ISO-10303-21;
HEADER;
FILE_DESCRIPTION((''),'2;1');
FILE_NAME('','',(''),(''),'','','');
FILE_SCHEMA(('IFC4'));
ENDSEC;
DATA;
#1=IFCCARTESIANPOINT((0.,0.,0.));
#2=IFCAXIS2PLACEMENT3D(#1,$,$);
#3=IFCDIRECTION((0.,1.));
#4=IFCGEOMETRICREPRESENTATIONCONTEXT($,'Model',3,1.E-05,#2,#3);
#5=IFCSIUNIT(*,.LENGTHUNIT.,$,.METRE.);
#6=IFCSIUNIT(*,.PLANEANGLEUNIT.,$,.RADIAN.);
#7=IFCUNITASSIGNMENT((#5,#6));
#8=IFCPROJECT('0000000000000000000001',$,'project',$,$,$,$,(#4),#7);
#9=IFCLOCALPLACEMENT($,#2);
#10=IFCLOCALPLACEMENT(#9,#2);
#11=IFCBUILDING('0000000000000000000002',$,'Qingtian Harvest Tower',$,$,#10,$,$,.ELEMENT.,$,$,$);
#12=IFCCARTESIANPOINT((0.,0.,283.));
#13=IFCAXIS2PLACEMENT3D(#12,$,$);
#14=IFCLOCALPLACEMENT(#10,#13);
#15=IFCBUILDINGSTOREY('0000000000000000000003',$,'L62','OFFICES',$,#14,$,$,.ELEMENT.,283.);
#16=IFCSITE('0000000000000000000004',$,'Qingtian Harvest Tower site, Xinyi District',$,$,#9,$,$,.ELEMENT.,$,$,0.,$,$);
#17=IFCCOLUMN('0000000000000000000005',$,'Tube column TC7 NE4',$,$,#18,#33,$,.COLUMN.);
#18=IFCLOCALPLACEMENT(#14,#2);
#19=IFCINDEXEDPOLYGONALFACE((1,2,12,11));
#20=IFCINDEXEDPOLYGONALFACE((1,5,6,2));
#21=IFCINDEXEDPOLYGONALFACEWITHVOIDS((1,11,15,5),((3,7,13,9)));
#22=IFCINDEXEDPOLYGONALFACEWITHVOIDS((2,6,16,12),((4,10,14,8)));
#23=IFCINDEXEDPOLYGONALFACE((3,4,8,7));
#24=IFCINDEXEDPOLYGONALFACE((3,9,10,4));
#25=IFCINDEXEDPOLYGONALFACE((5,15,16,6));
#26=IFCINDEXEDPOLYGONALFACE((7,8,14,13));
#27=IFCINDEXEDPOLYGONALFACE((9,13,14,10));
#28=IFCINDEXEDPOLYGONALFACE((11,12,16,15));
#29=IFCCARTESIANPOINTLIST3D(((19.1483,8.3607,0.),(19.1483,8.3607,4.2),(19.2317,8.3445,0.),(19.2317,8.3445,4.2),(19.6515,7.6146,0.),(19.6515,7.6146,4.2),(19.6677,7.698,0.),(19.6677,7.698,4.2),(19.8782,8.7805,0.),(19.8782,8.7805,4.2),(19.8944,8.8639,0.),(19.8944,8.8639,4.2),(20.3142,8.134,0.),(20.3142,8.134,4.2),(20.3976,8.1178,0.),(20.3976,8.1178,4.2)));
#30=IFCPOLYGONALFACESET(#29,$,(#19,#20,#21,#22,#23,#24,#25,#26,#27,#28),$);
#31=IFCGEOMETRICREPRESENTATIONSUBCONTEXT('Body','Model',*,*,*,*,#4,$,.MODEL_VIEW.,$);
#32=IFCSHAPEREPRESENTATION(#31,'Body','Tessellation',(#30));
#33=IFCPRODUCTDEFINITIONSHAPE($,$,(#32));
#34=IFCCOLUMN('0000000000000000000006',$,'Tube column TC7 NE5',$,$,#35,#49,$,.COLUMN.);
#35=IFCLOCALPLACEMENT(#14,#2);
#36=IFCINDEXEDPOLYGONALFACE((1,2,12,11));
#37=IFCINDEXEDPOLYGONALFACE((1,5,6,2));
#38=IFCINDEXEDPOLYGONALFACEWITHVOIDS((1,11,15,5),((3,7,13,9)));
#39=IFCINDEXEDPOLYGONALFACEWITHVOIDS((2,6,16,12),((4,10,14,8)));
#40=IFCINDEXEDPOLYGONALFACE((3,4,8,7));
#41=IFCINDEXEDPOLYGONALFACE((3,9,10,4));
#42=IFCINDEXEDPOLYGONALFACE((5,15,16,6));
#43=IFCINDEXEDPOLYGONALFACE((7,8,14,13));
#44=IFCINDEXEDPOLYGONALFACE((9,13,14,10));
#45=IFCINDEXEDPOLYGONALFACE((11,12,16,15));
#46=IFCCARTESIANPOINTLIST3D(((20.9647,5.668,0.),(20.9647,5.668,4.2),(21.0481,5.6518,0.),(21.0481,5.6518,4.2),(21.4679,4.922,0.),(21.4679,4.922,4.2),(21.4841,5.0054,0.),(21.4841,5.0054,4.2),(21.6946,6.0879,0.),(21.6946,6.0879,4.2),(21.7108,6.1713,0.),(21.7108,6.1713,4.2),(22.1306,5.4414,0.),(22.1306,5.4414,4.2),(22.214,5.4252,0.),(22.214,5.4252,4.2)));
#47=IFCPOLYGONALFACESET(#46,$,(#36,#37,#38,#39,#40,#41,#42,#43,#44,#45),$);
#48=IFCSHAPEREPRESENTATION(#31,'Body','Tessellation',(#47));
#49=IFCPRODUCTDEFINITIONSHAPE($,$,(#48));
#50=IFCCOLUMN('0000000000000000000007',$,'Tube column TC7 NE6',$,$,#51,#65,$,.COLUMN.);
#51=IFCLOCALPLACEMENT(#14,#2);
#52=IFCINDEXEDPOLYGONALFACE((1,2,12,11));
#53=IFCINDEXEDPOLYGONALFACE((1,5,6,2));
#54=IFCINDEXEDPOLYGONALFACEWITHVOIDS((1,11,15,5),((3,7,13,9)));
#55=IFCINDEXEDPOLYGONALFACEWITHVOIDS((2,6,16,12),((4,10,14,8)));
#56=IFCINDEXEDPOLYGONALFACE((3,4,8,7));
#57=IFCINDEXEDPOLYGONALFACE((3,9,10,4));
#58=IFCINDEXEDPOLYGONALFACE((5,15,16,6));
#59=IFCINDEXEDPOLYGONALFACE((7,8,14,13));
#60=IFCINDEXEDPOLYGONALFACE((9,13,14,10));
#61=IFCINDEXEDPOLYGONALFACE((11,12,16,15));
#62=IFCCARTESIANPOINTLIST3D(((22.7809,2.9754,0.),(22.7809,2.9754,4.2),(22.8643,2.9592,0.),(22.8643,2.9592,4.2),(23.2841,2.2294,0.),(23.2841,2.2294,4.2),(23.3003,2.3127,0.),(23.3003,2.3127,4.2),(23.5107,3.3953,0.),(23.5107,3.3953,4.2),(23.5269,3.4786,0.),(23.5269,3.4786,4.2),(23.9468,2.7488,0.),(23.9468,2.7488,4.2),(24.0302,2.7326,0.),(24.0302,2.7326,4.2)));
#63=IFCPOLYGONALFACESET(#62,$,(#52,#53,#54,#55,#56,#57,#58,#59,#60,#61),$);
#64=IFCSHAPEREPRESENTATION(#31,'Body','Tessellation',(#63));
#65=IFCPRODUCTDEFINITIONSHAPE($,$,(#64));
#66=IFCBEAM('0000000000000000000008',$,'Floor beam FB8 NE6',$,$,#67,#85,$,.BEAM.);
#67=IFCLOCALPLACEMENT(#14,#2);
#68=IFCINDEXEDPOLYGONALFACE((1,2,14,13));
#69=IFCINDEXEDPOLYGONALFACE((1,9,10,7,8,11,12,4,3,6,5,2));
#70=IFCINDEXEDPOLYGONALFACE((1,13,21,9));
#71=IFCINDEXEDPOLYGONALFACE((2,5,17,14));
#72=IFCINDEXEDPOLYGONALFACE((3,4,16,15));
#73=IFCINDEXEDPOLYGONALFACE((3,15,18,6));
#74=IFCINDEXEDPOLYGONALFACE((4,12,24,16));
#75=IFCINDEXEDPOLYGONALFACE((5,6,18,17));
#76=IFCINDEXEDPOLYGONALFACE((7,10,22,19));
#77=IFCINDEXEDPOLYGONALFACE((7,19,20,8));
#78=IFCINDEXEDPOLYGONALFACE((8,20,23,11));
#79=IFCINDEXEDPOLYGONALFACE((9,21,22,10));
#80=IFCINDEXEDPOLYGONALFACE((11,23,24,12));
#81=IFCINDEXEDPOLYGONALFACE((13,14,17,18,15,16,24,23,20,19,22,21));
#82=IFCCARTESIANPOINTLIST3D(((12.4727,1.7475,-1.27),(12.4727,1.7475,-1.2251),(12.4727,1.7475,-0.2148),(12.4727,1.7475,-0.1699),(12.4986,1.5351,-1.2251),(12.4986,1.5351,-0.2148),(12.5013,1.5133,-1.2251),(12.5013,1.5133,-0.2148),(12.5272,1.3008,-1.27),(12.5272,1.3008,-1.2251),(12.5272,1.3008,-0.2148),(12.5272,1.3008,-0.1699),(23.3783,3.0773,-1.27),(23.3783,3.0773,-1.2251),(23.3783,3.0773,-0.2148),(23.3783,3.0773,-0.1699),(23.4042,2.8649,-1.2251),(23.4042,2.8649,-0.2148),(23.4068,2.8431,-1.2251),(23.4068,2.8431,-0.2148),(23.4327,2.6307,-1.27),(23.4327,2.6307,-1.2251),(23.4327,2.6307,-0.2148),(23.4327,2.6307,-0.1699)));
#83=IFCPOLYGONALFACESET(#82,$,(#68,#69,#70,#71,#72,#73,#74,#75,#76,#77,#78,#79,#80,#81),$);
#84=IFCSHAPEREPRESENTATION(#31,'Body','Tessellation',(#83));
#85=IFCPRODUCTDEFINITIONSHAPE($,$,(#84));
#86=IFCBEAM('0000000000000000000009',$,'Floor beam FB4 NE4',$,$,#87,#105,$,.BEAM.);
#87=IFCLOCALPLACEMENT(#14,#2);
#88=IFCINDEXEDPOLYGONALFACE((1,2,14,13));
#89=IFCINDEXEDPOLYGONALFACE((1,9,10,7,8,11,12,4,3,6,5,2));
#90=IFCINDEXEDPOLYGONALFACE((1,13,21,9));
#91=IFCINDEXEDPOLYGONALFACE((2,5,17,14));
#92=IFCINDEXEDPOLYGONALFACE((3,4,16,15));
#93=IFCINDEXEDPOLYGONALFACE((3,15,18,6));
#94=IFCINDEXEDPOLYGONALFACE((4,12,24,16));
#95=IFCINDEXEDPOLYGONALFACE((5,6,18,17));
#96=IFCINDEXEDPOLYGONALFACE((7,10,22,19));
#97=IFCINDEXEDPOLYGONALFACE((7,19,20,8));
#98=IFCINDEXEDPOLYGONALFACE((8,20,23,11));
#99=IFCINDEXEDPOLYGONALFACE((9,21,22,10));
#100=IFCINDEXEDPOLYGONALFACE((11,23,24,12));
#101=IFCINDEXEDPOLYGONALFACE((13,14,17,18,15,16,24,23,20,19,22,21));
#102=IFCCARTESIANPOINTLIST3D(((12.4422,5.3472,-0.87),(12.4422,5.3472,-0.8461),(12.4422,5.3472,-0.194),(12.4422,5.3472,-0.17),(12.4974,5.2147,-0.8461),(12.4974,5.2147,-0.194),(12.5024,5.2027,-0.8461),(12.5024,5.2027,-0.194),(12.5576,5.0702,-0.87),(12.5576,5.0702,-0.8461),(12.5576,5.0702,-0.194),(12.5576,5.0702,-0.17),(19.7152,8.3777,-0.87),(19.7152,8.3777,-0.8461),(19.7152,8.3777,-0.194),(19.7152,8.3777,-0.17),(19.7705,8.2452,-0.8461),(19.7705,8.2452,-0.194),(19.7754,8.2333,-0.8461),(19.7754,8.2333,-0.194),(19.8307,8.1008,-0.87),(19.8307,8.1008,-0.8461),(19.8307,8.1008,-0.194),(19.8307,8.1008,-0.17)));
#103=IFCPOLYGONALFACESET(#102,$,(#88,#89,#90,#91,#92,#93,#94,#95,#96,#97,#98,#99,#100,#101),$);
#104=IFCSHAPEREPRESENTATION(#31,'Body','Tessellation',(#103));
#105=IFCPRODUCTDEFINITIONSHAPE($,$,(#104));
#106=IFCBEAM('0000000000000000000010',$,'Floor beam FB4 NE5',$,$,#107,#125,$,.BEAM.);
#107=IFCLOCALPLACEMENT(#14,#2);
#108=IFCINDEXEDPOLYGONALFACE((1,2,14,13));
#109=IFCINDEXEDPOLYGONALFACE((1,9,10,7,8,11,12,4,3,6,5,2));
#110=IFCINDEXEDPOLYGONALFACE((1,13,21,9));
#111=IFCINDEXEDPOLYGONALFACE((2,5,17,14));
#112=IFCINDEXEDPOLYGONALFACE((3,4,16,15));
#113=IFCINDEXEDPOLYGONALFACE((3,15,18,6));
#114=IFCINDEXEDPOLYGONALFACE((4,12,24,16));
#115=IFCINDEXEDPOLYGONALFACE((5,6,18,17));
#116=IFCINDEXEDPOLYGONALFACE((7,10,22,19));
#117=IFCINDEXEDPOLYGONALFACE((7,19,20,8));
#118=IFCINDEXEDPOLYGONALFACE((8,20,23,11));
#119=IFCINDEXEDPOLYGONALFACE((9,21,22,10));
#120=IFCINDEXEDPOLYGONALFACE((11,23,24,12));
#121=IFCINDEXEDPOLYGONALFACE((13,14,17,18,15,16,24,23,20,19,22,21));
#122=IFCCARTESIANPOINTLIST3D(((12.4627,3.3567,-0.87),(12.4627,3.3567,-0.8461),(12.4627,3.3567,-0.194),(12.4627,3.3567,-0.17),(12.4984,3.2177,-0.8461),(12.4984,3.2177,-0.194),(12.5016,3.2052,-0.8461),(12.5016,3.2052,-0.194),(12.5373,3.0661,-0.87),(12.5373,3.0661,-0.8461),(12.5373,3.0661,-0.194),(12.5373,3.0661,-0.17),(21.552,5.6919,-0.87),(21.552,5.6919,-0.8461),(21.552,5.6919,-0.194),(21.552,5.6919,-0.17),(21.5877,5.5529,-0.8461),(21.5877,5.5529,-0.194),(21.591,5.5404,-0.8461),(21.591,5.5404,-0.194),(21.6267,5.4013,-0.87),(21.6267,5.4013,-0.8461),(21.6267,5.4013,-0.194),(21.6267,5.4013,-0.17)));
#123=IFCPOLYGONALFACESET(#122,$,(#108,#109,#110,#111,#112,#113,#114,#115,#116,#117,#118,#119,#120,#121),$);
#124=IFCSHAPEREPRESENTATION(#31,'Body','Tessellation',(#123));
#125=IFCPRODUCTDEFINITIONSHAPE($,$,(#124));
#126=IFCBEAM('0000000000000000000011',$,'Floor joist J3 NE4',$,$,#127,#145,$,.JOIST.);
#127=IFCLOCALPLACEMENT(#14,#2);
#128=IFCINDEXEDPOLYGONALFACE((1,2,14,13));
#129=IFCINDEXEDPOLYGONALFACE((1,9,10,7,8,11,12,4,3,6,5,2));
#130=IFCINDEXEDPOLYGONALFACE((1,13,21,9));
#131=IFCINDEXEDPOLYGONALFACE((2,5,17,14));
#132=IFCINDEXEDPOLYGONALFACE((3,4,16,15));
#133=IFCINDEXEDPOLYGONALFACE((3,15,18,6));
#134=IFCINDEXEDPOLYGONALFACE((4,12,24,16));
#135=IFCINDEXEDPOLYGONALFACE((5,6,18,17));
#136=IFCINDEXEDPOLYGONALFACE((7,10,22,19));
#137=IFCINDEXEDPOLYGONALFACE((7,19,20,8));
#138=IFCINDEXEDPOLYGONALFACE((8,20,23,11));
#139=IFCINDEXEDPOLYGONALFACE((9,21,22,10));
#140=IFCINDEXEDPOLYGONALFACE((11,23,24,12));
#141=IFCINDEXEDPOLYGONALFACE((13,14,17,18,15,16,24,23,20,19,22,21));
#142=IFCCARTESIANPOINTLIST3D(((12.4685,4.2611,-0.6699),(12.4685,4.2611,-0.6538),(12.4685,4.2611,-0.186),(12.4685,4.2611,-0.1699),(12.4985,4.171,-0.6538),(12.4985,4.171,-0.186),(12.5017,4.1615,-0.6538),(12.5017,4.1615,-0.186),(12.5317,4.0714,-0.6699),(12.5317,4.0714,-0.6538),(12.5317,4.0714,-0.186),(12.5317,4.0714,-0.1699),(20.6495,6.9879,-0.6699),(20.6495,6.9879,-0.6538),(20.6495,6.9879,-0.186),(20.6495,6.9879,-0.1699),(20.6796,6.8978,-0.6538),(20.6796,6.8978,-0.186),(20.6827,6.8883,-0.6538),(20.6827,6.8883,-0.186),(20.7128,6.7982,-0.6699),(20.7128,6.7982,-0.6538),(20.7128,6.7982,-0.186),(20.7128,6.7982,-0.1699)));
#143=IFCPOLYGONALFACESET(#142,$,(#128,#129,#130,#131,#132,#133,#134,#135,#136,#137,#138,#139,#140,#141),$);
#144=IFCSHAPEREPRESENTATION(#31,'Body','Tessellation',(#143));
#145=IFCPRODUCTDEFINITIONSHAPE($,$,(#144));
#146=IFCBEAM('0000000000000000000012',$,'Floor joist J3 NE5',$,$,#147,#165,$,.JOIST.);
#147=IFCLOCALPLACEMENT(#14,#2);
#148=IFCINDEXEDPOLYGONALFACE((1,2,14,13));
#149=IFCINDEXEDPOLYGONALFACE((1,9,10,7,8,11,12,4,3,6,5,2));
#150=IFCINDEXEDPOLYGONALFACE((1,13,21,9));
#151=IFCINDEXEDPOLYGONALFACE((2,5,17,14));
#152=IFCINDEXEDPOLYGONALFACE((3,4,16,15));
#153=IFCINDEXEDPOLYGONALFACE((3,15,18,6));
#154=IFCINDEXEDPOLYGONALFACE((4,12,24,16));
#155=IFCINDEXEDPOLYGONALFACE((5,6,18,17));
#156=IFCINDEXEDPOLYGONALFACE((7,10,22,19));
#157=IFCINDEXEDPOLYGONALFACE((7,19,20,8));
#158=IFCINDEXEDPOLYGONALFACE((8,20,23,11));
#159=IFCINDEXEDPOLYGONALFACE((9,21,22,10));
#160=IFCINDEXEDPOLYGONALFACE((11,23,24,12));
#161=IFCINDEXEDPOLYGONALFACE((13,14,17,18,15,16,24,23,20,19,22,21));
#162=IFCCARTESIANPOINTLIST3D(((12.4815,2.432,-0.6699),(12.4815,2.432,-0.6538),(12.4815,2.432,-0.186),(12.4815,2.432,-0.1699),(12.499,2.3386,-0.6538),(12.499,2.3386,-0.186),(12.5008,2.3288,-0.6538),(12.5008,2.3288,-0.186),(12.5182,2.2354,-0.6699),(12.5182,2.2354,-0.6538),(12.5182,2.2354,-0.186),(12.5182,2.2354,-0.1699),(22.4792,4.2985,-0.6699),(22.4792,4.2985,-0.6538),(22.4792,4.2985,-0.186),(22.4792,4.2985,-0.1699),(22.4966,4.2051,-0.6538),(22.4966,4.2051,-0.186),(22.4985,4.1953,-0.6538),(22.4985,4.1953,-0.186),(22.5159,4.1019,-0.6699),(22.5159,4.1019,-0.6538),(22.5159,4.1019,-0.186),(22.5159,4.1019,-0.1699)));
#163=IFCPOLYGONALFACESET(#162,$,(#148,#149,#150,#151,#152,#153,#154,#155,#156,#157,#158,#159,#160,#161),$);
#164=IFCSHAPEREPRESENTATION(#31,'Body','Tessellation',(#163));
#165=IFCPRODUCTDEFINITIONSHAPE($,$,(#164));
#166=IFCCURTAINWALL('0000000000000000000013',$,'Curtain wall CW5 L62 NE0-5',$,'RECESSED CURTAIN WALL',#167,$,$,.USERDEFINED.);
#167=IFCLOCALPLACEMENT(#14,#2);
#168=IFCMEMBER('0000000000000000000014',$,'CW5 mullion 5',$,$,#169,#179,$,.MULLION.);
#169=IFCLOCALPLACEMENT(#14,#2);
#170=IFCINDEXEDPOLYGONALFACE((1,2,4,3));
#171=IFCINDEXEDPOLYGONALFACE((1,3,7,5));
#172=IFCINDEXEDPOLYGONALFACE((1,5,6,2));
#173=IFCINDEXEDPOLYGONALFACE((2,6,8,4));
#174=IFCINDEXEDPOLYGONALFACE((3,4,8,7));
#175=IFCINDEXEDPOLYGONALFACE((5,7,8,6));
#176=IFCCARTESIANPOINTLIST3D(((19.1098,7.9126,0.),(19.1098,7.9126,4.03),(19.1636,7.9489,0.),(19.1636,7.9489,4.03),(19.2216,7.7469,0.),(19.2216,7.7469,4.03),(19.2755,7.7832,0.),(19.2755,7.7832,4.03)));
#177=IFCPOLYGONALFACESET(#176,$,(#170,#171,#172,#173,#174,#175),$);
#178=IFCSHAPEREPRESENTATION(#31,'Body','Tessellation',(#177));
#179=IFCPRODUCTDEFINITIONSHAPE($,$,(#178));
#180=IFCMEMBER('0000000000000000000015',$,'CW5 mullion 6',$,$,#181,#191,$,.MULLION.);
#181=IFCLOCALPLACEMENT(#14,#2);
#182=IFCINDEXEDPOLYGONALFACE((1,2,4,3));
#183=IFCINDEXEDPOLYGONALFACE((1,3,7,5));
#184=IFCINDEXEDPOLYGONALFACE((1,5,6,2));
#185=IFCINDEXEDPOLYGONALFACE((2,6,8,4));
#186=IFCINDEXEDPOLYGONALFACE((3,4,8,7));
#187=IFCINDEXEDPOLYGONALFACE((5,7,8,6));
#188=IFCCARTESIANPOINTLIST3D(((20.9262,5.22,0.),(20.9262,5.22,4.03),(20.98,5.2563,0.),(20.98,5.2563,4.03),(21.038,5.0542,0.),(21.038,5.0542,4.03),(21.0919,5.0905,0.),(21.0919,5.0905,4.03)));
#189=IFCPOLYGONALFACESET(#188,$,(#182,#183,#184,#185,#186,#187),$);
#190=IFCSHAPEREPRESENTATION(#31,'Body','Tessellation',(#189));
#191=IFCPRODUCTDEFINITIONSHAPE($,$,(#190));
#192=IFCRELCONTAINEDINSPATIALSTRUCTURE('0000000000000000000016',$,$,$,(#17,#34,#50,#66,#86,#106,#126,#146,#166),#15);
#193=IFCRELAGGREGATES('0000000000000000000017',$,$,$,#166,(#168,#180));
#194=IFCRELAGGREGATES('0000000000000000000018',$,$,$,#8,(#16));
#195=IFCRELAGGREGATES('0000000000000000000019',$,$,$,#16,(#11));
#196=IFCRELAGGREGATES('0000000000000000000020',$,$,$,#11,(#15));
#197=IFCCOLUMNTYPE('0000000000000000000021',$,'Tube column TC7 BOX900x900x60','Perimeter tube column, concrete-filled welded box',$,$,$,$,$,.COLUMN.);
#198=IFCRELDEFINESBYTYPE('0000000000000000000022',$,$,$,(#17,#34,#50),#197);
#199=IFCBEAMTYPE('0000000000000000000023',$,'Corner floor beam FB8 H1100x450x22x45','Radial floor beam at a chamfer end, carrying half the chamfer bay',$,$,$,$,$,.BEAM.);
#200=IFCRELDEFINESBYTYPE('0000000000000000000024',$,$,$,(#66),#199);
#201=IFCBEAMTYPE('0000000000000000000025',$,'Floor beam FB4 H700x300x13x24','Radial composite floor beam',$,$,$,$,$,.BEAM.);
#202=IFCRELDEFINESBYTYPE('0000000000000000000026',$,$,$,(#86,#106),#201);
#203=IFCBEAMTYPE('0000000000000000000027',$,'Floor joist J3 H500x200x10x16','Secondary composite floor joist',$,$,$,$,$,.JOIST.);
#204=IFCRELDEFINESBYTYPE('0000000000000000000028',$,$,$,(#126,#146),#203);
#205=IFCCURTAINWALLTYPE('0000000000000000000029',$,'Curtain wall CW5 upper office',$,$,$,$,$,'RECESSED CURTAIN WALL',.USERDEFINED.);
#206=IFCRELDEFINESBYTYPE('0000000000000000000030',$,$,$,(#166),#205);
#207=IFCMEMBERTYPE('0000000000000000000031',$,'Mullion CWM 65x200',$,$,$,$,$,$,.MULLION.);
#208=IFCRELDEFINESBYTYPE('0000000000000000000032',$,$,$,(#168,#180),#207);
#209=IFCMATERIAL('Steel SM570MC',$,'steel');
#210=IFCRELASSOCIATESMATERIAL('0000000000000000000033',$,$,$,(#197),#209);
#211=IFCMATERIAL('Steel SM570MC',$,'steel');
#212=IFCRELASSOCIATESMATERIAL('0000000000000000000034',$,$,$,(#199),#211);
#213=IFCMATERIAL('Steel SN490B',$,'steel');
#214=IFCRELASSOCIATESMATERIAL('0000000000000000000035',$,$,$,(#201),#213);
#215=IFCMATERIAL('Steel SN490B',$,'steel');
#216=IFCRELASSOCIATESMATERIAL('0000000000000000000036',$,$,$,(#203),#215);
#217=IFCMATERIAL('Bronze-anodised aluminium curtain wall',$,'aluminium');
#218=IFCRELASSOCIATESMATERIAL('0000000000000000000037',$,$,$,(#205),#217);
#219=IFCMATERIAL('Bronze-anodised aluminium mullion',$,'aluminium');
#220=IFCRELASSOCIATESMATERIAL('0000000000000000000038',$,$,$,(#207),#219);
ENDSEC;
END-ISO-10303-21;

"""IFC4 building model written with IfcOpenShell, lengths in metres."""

from ifc_helpers import new_model, si_unit, direction, frame, origin, origin_2d, place, context, subcontext, project, spatial, rectangle, hollow_rectangle, i_section, extrude, material, material_profile, profile_set, type_object, element, aggregate, save


model = new_model("IFC4")

# Units and contexts
model_context = context("Model", 3, precision=1e-05, world=origin(), true_north=direction((0.0, 1.0)))
body_context = subcontext(model_context, "Body", "Model", "MODEL_VIEW")
ifc_project = project(units=[si_unit("LENGTHUNIT", "METRE"), si_unit("PLANEANGLEUNIT", "RADIAN")], contexts=[model_context])

# Site, building, storey
site_placement = place(None, origin())
site = spatial("IfcSite", under=ifc_project, at=site_placement, Name="Qingtian Harvest Tower site, Xinyi District", CompositionType="ELEMENT", RefElevation=0.0)
building_placement = place(site_placement, origin())
building = spatial("IfcBuilding", under=site, at=building_placement, Name="Qingtian Harvest Tower", CompositionType="ELEMENT")
storey_placement = place(building_placement, frame((0.0, 0.0, 283.0)))
storey = spatial("IfcBuildingStorey", under=building, at=storey_placement, Name="L62", Description="OFFICES", CompositionType="ELEMENT", Elevation=283.0)

# Columns
ifc_material_1 = material(Name="Steel SM570MC", Category="steel")
ifc_material_profile_1 = material_profile(ifc_material_1, hollow_rectangle(XDim=0.8999, YDim=0.8999, WallThickness=0.0601, at=origin_2d()), Name="BOX900x900x60")
ifc_profile_set_1 = profile_set([ifc_material_profile_1], Name="Steel SM570MC")
column_type = type_object("IfcColumnType", Name="Tube column TC7 BOX900x900x60", Description="Perimeter tube column, concrete-filled welded box", PredefinedType="COLUMN", material=ifc_profile_set_1)
for number, where, z_axis, x_axis, name in (
    (1, (19.7729, 8.2393, 0.0), (0.0, 0.0, 1.0), (-0.559193, 0.829038, 0.0), "Tube column TC7 NE4"),
    (2, (21.5894, 5.5466, 0.0), (0.0, 0.0, 1.0), (-0.559193, 0.829038, 0.0), "Tube column TC7 NE5"),
    (3, (23.4055, 2.854, 0.0), (0.0, 0.0, 1.0), (-0.559193, 0.829038, 0.0), "Tube column TC7 NE6"),
):
    element("IfcColumn", number, at=place(storey_placement, frame(where, z_axis=z_axis, x_axis=x_axis)), inside=storey, type_object=column_type, Name=name, PredefinedType="COLUMN", context=body_context, shape_type="SweptSolid", body=[
        extrude(hollow_rectangle(XDim=0.8999, YDim=0.8999, WallThickness=0.0601, at=origin_2d()), origin(), (0.0, 0.0, 1.0), 4.2),
    ])

# Beams
ifc_material_2 = material(Name="Steel SM570MC", Category="steel")
ifc_material_profile_2 = material_profile(ifc_material_2, i_section(OverallWidth=0.45, OverallDepth=1.1001, WebThickness=0.022, FlangeThickness=0.0449, at=origin_2d()), Name="H1100x450x22x45")
ifc_profile_set_2 = profile_set([ifc_material_profile_2], Name="Steel SM570MC")
beam_type_1 = type_object("IfcBeamType", Name="Corner floor beam FB8 H1100x450x22x45", Description="Radial floor beam at a chamfer end, carrying half the chamfer bay", PredefinedType="BEAM", material=ifc_profile_set_2)
beam_1_placement = place(storey_placement, frame((23.4055, 2.854, -0.72), z_axis=(-0.992647, -0.121045, 0.0), x_axis=(0.121045, -0.992647, 0.0)))
element("IfcBeam", 4, at=beam_1_placement, inside=storey, type_object=beam_type_1, Name="Floor beam FB8 NE6", PredefinedType="BEAM", context=body_context, shape_type="SweptSolid", body=[
    extrude(i_section(OverallWidth=0.45, OverallDepth=1.1001, WebThickness=0.022, FlangeThickness=0.0449, at=origin_2d()), origin(), (0.0, 0.0, 1.0), 10.9863),
])
ifc_material_3 = material(Name="Steel SN490B", Category="steel")
ifc_material_profile_3 = material_profile(ifc_material_3, i_section(OverallWidth=0.3, OverallDepth=0.7, WebThickness=0.0129, FlangeThickness=0.0239, at=origin_2d()), Name="H700x300x13x24")
ifc_profile_set_3 = profile_set([ifc_material_profile_3], Name="Steel SN490B")
beam_type_2 = type_object("IfcBeamType", Name="Floor beam FB4 H700x300x13x24", Description="Radial composite floor beam", PredefinedType="BEAM", material=ifc_profile_set_3)
beam_2_placement = place(storey_placement, frame((19.7729, 8.2393, -0.52), z_axis=(-0.923071, -0.384629, 0.0), x_axis=(0.384629, -0.923071, 0.0)))
element("IfcBeam", 5, at=beam_2_placement, inside=storey, type_object=beam_type_2, Name="Floor beam FB4 NE4", PredefinedType="BEAM", context=body_context, shape_type="SweptSolid", body=[
    extrude(i_section(OverallWidth=0.3, OverallDepth=0.7, WebThickness=0.0129, FlangeThickness=0.0239, at=origin_2d()), origin(), (0.0, 0.0, 1.0), 7.8792),
])
beam_3_placement = place(storey_placement, frame((21.5894, 5.5466, -0.52), z_axis=(-0.968546, -0.248835, 0.0), x_axis=(0.248835, -0.968546, 0.0)))
element("IfcBeam", 6, at=beam_3_placement, inside=storey, type_object=beam_type_2, Name="Floor beam FB4 NE5", PredefinedType="BEAM", context=body_context, shape_type="SweptSolid", body=[
    extrude(i_section(OverallWidth=0.3, OverallDepth=0.7, WebThickness=0.0129, FlangeThickness=0.0239, at=origin_2d()), origin(), (0.0, 0.0, 1.0), 9.3845),
])
ifc_material_4 = material(Name="Steel SN490B", Category="steel")
ifc_material_profile_4 = material_profile(ifc_material_4, i_section(OverallWidth=0.2, OverallDepth=0.5, WebThickness=0.01, FlangeThickness=0.0161, at=origin_2d()), Name="H500x200x10x16")
ifc_profile_set_4 = profile_set([ifc_material_profile_4], Name="Steel SN490B")
beam_type_3 = type_object("IfcBeamType", Name="Floor joist J3 H500x200x10x16", Description="Secondary composite floor joist", PredefinedType="JOIST", material=ifc_profile_set_4)
beam_4_placement = place(storey_placement, frame((20.6812, 6.8931, -0.4199), z_axis=(-0.948692, -0.316202, 0.0), x_axis=(0.316202, -0.948692, 0.0)))
element("IfcBeam", 7, at=beam_4_placement, inside=storey, type_object=beam_type_3, Name="Floor joist J3 NE4", PredefinedType="JOIST", context=body_context, shape_type="SweptSolid", body=[
    extrude(i_section(OverallWidth=0.2, OverallDepth=0.5, WebThickness=0.01, FlangeThickness=0.0161, at=origin_2d()), origin(), (0.0, 0.0, 1.0), 8.6235),
])
beam_5_placement = place(storey_placement, frame((22.4976, 4.2002, -0.4199), z_axis=(-0.983016, -0.18352, 0.0), x_axis=(0.18352, -0.983016, 0.0)))
element("IfcBeam", 8, at=beam_5_placement, inside=storey, type_object=beam_type_3, Name="Floor joist J3 NE5", PredefinedType="JOIST", context=body_context, shape_type="SweptSolid", body=[
    extrude(i_section(OverallWidth=0.2, OverallDepth=0.5, WebThickness=0.01, FlangeThickness=0.0161, at=origin_2d()), origin(), (0.0, 0.0, 1.0), 10.1704),
])

# Curtain wall, members
ifc_material_5 = material(Name="Bronze-anodised aluminium curtain wall", Category="aluminium")
curtain_wall_type = type_object("IfcCurtainWallType", Name="Curtain wall CW5 upper office", ElementType="RECESSED CURTAIN WALL", PredefinedType="USERDEFINED", material=ifc_material_5)
curtain_wall_1_placement = place(storey_placement, origin())
curtain_wall_1 = element("IfcCurtainWall", 9, at=curtain_wall_1_placement, inside=storey, type_object=curtain_wall_type, Name="Curtain wall CW5 L62 NE0-5", ObjectType="RECESSED CURTAIN WALL", PredefinedType="USERDEFINED")
ifc_material_6 = material(Name="Bronze-anodised aluminium mullion", Category="aluminium")
ifc_material_profile_5 = material_profile(ifc_material_6, rectangle(XDim=0.0649, YDim=0.2, at=origin_2d()), Name="AL 65x200")
ifc_profile_set_5 = profile_set([ifc_material_profile_5], Name="Bronze-anodised aluminium mullion")
member_type_1 = type_object("IfcMemberType", Name="Mullion CWM 65x200", PredefinedType="MULLION", material=ifc_profile_set_5)
member_1_placement = place(storey_placement, frame((19.1926, 7.8479, 0.0), z_axis=(0.0, 0.0, 1.0), x_axis=(0.829038, 0.559193, 0.0)))
member_1 = element("IfcMember", 10, at=member_1_placement, type_object=member_type_1, Name="CW5 mullion 5", PredefinedType="MULLION", context=body_context, shape_type="SweptSolid", body=[
    extrude(rectangle(XDim=0.0649, YDim=0.2, at=origin_2d()), origin(), (0.0, 0.0, 1.0), 4.03),
])
member_2_placement = place(storey_placement, frame((21.009, 5.1553, 0.0), z_axis=(0.0, 0.0, 1.0), x_axis=(0.829038, 0.559193, 0.0)))
member_2 = element("IfcMember", 11, at=member_2_placement, type_object=member_type_1, Name="CW5 mullion 6", PredefinedType="MULLION", context=body_context, shape_type="SweptSolid", body=[
    extrude(rectangle(XDim=0.0649, YDim=0.2, at=origin_2d()), origin(), (0.0, 0.0, 1.0), 4.03),
])

aggregate(curtain_wall_1, [member_1, member_2])

save(model, "model.ifc")
